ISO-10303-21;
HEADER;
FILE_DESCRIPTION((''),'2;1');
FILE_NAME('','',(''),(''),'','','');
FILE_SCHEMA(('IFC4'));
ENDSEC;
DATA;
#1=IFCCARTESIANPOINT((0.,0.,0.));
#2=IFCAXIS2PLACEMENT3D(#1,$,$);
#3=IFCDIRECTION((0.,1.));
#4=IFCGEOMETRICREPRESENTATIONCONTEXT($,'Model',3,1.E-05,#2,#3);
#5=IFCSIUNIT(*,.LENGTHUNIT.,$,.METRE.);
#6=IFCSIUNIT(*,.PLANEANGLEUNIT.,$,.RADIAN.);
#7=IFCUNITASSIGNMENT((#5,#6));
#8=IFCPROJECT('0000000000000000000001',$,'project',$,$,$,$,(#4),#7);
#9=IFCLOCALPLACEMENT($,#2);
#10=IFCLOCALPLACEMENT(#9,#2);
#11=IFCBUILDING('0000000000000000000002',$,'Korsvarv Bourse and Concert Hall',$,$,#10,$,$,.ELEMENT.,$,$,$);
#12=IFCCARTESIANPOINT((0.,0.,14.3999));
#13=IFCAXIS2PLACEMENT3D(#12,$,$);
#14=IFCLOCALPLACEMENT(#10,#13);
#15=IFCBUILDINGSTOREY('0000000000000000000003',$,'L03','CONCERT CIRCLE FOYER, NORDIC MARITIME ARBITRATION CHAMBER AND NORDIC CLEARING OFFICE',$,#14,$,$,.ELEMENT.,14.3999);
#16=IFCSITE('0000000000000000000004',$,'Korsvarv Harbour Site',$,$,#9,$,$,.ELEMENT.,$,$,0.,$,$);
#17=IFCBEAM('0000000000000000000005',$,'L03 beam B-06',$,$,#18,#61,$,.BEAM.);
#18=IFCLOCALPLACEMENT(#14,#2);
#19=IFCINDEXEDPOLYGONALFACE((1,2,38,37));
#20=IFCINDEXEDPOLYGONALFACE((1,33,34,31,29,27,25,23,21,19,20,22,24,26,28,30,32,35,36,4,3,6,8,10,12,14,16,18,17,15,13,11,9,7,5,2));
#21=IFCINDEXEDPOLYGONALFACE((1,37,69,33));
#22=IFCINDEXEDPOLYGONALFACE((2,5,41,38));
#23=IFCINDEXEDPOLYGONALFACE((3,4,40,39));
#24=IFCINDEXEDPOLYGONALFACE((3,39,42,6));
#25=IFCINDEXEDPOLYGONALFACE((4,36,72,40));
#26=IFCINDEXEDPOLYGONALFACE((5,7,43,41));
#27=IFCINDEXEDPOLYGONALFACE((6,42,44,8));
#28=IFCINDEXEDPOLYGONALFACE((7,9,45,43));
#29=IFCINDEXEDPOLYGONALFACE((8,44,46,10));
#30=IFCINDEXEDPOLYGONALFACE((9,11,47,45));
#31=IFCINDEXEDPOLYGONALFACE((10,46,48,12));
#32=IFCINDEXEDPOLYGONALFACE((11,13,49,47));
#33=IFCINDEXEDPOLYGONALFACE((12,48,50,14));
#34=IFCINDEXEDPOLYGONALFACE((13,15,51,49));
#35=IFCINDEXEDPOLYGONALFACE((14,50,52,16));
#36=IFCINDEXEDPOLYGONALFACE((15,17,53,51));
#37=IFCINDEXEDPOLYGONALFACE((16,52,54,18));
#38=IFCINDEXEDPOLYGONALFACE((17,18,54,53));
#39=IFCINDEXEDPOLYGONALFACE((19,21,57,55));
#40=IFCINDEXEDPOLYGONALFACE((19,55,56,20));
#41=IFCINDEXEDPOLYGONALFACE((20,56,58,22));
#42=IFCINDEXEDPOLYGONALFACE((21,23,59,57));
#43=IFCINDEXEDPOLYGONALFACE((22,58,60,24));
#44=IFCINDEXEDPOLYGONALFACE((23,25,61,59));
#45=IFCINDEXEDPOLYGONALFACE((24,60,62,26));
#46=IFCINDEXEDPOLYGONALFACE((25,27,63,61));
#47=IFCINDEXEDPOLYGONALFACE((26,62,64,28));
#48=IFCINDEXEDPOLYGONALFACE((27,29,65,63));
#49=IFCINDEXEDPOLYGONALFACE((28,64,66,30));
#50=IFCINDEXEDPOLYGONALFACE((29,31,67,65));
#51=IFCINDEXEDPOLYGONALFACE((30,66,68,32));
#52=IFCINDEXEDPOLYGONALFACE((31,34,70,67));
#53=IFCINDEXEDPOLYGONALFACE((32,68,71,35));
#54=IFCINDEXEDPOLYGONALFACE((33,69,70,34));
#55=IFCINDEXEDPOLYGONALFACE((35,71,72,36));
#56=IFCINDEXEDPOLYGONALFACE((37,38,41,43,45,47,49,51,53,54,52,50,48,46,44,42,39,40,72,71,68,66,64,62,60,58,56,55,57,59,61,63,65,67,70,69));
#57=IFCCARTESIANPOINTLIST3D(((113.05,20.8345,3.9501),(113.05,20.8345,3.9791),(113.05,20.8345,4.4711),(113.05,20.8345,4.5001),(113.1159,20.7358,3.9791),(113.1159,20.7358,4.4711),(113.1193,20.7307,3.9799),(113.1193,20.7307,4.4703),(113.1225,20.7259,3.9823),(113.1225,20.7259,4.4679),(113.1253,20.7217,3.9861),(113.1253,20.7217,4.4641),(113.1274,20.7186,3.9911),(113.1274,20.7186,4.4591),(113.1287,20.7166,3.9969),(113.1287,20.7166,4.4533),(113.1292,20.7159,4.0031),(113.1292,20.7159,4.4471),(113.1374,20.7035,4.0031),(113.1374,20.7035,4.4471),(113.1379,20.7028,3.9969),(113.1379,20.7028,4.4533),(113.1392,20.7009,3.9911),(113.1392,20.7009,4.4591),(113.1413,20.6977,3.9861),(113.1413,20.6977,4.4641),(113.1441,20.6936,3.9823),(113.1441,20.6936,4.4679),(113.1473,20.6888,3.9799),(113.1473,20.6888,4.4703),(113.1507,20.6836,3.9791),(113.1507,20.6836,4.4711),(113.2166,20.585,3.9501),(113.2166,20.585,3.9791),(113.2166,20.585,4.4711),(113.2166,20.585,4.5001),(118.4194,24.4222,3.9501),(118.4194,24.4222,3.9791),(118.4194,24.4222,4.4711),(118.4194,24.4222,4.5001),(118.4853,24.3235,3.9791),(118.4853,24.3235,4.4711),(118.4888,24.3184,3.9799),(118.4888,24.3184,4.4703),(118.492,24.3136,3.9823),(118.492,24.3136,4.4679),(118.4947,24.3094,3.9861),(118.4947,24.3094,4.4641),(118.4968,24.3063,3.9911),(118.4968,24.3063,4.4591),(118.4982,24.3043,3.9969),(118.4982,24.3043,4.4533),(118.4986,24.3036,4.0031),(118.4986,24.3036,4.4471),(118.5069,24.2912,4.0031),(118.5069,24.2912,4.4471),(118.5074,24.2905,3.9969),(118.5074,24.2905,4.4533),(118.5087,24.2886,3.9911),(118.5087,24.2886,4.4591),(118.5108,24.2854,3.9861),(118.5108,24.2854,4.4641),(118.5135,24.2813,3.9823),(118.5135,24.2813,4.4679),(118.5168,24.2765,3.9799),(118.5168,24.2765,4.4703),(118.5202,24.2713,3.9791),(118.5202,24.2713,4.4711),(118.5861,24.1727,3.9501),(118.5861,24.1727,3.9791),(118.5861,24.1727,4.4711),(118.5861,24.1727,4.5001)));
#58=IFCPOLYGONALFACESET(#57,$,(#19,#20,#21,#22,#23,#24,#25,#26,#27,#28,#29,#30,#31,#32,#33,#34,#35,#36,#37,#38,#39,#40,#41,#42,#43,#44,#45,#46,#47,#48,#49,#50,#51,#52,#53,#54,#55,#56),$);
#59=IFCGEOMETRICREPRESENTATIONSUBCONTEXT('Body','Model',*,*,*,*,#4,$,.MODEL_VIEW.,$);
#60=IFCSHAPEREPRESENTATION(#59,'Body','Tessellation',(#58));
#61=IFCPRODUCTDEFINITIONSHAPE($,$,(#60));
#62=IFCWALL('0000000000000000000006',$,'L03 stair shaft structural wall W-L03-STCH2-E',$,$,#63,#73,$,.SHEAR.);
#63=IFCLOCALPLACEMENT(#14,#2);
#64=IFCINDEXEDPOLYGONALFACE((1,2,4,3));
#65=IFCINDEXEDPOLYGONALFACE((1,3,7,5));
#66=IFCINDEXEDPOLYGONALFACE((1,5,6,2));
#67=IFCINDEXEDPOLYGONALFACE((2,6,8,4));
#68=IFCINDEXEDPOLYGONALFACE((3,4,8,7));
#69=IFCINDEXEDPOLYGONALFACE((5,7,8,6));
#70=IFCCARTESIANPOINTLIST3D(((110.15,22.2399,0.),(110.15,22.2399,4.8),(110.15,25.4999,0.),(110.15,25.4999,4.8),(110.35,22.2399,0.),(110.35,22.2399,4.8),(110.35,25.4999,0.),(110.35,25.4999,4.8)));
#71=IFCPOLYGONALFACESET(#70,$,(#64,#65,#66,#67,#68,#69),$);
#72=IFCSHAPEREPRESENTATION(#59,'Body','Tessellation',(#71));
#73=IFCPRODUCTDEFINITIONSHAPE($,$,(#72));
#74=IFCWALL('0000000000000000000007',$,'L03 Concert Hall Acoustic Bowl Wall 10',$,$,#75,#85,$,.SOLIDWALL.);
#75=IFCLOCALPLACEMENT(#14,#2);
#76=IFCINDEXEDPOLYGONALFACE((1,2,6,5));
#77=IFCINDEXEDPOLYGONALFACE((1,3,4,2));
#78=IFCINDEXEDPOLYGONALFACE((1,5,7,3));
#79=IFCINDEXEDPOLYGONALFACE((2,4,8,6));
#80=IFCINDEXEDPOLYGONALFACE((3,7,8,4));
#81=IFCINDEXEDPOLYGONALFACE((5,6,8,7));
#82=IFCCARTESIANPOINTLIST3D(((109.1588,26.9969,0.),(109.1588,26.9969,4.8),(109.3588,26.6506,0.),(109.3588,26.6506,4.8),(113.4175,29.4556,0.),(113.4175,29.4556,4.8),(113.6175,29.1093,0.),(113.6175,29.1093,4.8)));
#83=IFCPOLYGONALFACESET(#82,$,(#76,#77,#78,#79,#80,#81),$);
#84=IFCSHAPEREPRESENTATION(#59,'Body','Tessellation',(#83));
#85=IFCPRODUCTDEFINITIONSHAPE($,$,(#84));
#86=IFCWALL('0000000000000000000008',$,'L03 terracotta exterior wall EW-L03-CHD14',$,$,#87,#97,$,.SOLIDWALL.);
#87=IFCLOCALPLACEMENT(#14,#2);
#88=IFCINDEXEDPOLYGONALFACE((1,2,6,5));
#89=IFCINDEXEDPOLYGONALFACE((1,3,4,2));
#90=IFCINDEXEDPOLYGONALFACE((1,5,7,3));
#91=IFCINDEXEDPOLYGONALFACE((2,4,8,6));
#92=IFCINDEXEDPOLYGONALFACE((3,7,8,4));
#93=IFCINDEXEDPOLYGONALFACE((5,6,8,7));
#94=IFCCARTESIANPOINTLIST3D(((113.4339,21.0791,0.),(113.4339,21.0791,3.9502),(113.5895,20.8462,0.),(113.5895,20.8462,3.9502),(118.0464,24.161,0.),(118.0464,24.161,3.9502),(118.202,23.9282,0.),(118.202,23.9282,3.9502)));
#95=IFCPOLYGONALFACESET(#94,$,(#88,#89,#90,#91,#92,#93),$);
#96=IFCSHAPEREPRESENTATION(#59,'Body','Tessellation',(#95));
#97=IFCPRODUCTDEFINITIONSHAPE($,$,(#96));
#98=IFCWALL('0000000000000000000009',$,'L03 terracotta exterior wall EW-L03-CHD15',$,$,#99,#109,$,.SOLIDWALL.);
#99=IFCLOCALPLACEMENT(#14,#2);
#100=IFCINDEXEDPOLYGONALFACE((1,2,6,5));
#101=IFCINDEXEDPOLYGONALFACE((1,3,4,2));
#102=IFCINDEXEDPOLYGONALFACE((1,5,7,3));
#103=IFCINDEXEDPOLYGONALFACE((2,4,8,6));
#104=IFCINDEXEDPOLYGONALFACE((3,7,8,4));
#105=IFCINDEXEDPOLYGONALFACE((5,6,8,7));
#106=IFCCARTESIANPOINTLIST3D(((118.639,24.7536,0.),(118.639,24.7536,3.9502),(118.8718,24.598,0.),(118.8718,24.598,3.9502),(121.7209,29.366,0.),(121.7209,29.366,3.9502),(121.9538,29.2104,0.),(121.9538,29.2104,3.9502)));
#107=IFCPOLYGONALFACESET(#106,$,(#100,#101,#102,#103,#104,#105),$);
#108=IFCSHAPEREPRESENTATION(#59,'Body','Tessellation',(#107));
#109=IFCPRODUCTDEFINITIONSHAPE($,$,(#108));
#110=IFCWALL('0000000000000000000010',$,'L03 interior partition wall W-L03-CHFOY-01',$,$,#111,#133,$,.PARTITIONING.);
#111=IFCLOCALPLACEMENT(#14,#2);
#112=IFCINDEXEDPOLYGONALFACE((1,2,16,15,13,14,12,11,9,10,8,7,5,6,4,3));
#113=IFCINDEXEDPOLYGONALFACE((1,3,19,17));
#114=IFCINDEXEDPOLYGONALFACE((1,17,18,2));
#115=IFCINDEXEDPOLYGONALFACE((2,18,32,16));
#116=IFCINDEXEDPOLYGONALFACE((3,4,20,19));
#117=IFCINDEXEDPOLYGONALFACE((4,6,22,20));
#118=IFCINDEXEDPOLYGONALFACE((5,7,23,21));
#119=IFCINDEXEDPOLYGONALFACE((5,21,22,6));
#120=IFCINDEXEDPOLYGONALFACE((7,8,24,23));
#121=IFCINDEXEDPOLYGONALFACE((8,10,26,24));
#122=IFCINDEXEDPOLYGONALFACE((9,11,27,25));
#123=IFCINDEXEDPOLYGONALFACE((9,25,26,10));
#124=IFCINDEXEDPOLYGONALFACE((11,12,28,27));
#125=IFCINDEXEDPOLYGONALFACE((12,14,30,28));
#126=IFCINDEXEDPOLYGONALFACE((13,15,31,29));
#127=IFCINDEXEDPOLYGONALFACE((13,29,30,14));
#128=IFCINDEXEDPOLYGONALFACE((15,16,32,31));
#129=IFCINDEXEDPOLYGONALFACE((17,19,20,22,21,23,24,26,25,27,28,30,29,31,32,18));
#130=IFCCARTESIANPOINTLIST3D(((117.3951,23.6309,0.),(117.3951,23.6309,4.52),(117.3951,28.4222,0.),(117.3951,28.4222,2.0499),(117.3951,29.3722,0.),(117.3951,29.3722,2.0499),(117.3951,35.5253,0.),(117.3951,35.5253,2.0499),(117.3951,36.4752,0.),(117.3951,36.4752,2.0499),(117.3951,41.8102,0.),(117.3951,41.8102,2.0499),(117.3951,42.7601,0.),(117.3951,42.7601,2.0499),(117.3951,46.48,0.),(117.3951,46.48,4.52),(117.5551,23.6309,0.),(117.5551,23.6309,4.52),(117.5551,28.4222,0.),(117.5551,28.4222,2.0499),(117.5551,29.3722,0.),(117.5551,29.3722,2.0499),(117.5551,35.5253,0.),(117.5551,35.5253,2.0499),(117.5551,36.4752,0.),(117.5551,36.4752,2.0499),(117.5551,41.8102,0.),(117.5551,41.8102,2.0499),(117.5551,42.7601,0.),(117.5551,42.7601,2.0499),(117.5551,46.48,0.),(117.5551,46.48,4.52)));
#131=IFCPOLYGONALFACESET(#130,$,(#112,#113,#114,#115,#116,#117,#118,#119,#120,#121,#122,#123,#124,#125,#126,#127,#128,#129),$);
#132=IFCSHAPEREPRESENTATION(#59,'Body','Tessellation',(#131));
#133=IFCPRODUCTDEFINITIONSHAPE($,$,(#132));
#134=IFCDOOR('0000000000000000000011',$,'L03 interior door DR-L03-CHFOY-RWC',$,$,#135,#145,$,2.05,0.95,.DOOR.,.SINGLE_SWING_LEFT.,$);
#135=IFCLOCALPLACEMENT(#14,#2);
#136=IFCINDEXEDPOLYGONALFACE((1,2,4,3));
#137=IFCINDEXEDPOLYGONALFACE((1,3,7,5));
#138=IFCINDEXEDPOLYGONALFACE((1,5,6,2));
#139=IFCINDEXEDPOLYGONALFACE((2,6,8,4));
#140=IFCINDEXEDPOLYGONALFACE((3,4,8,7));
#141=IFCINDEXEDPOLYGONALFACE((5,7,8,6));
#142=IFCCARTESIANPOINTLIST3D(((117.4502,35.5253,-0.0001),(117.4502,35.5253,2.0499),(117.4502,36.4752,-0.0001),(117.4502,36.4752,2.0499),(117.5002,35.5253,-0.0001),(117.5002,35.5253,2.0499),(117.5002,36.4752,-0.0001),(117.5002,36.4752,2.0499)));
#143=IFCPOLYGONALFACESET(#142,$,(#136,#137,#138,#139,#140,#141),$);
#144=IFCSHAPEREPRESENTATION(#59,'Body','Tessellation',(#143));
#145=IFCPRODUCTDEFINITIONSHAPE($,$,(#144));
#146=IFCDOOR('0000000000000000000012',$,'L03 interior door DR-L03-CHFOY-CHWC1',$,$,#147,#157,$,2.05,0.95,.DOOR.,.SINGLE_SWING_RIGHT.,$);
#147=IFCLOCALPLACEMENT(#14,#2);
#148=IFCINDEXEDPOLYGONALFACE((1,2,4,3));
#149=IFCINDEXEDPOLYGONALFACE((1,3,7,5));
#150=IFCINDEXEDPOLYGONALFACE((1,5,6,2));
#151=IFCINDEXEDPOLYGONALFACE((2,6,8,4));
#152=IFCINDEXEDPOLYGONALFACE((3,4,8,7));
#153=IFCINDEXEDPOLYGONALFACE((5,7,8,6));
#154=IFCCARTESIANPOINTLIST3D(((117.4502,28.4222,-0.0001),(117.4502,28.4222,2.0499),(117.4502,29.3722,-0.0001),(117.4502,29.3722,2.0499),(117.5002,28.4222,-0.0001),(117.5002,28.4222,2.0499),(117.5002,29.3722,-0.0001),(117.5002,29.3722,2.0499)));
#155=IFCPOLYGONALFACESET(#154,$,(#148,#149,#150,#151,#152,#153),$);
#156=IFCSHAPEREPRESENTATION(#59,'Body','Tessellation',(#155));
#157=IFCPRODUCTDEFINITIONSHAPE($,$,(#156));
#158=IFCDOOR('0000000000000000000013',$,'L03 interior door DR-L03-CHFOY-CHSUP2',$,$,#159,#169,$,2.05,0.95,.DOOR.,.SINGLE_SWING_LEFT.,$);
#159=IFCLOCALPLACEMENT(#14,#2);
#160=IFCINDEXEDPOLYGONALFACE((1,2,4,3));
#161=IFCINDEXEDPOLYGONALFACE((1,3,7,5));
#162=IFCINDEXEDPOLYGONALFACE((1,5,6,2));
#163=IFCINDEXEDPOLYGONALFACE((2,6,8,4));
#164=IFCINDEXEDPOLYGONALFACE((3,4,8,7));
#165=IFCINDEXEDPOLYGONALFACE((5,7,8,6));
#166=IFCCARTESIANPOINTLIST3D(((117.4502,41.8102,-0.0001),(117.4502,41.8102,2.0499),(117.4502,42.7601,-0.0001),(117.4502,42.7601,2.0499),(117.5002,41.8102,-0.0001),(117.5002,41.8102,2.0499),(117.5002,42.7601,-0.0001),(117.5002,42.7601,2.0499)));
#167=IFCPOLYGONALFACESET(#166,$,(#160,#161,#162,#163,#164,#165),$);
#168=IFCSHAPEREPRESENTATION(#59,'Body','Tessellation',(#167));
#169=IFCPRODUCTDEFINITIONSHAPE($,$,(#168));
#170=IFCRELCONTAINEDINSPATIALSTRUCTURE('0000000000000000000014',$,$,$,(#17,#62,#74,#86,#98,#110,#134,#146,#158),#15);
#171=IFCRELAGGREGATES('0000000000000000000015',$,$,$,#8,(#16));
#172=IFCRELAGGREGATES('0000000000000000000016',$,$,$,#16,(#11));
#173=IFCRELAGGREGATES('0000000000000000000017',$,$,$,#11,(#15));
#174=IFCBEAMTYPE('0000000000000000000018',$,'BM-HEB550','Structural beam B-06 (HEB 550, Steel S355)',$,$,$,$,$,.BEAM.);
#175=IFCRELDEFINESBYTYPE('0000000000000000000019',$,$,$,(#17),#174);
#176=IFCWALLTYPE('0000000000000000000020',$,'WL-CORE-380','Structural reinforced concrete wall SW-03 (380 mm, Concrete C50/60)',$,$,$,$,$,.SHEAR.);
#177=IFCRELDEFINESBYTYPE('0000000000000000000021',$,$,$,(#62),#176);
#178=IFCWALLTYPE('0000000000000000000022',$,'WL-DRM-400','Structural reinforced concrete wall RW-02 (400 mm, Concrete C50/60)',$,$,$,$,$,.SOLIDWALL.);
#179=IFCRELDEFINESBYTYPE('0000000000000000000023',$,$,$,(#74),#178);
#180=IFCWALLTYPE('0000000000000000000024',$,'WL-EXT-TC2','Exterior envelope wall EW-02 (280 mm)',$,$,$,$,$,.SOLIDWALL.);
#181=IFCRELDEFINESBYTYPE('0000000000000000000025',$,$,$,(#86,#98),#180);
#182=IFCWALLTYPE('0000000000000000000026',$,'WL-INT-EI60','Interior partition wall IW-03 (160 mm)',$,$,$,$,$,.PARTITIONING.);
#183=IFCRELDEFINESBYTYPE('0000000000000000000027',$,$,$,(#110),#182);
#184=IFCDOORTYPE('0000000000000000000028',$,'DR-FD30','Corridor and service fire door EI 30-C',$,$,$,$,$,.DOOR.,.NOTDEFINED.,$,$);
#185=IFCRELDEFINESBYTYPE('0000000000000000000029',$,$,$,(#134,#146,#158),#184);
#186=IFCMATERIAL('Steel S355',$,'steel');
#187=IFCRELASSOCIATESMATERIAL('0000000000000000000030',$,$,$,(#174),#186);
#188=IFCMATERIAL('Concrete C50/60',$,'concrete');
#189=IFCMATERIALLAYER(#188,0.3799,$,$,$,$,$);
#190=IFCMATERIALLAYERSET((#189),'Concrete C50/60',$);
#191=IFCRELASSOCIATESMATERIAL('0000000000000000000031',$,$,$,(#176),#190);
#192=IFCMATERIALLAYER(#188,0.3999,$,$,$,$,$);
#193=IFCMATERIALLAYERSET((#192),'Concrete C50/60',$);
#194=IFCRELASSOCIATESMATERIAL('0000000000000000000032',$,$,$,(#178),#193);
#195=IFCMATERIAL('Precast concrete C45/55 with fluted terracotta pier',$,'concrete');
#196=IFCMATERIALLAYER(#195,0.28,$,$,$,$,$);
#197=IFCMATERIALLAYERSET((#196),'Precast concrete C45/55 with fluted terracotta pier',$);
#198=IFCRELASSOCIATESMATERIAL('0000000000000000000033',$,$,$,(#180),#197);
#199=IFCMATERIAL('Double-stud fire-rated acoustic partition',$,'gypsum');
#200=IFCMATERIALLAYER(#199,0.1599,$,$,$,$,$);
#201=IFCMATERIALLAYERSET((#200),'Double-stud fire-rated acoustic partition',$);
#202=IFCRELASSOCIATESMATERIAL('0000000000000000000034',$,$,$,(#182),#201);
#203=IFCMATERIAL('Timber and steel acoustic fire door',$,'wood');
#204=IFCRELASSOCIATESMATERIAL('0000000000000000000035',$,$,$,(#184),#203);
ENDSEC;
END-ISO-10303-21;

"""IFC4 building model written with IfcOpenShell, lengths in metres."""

from ifc_helpers import new_model, si_unit, direction, frame, frame_2d, origin, origin_2d, place, context, subcontext, project, spatial, rectangle, i_section, extrude, source, transform, mapped, material, layer, layer_set, material_profile, profile_set, type_object, element, fill, save


model = new_model("IFC4")

# Units and contexts
model_context = context("Model", 3, precision=1e-05, world=origin(), true_north=direction((0.0, 1.0)))
body_context = subcontext(model_context, "Body", "Model", "MODEL_VIEW")
ifc_project = project(units=[si_unit("LENGTHUNIT", "METRE"), si_unit("PLANEANGLEUNIT", "RADIAN")], contexts=[model_context])

# Site, building, storey
site_placement = place(None, origin())
site = spatial("IfcSite", under=ifc_project, at=site_placement, Name="Korsvarv Harbour Site", CompositionType="ELEMENT", RefElevation=0.0)
building_placement = place(site_placement, origin())
building = spatial("IfcBuilding", under=site, at=building_placement, Name="Korsvarv Bourse and Concert Hall", CompositionType="ELEMENT")
storey_placement = place(building_placement, frame((0.0, 0.0, 14.3999)))
storey = spatial("IfcBuildingStorey", under=building, at=storey_placement, Name="L03", Description="CONCERT CIRCLE FOYER, NORDIC MARITIME ARBITRATION CHAMBER AND NORDIC CLEARING OFFICE", CompositionType="ELEMENT", Elevation=14.3999)

# Shared definitions
ifc_material_1 = material(Name="Concrete C50/60", Category="concrete")

# Beam
ifc_material_2 = material(Name="Steel S355", Category="steel")
ifc_material_profile_1 = material_profile(ifc_material_2, i_section(OverallWidth=0.3, OverallDepth=0.55, WebThickness=0.0149, FlangeThickness=0.0291, FilletRadius=0.0239, at=origin_2d()), Name="HEB 550")
ifc_profile_set_1 = profile_set([ifc_material_profile_1], Name="Steel S355")
beam_type = type_object("IfcBeamType", Name="BM-HEB550", Description="Structural beam B-06 (HEB 550, Steel S355)", PredefinedType="BEAM", material=ifc_profile_set_1)
shared_shape_1 = source(origin(), body_context, "Body", "SweptSolid", [
    extrude(i_section(OverallWidth=0.3, OverallDepth=0.55, WebThickness=0.0149, FlangeThickness=0.0291, FilletRadius=0.0239, at=origin_2d()), origin(), (0.0, 0.0, 1.0), 6.4578),
])
beam_1_placement = place(storey_placement, frame((113.1333, 20.7097, 4.2251), z_axis=(0.831474, 0.555564, 0.0), x_axis=(-0.555564, 0.831474, 0.0)))
element("IfcBeam", 1, at=beam_1_placement, inside=storey, type_object=beam_type, Name="L03 beam B-06", PredefinedType="BEAM", context=body_context, shape_type="MappedRepresentation", body=[
    mapped(shared_shape_1, transform((0.0, 0.0, 0.0), scale=1.0)),
])

# Walls
ifc_layer_1 = layer(ifc_material_1, 0.3799)
ifc_layer_set_1 = layer_set([ifc_layer_1], Name="Concrete C50/60")
wall_type_1 = type_object("IfcWallType", Name="WL-CORE-380", Description="Structural reinforced concrete wall SW-03 (380 mm, Concrete C50/60)", PredefinedType="SHEAR", material=ifc_layer_set_1)
wall_1_placement = place(storey_placement, frame((110.25, 22.24, 0.0), z_axis=(0.0, 0.0, 1.0), x_axis=(0.0, 1.0, 0.0)))
element("IfcWall", 2, at=wall_1_placement, inside=storey, type_object=wall_type_1, Name="L03 stair shaft structural wall W-L03-STCH2-E", PredefinedType="SHEAR", context=body_context, shape_type="SweptSolid", body=[
    extrude(rectangle(XDim=3.26, YDim=0.2, at=frame_2d((1.6299, 0.0))), origin(), (0.0, 0.0, 1.0), 4.8),
])
ifc_layer_2 = layer(ifc_material_1, 0.3999)
ifc_layer_set_2 = layer_set([ifc_layer_2], Name="Concrete C50/60")
wall_type_2 = type_object("IfcWallType", Name="WL-DRM-400", Description="Structural reinforced concrete wall RW-02 (400 mm, Concrete C50/60)", PredefinedType="SOLIDWALL", material=ifc_layer_set_2)
wall_2_placement = place(storey_placement, frame((109.2588, 26.8237, 0.0), z_axis=(0.0, 0.0, 1.0), x_axis=(0.866032, 0.499989, 0.0)))
element("IfcWall", 3, at=wall_2_placement, inside=storey, type_object=wall_type_2, Name="L03 Concert Hall Acoustic Bowl Wall 10", PredefinedType="SOLIDWALL", context=body_context, shape_type="SweptSolid", body=[
    extrude(rectangle(XDim=4.9175, YDim=0.3999, at=frame_2d((2.4587, 0.0))), origin(), (0.0, 0.0, 1.0), 4.8),
])
ifc_material_3 = material(Name="Precast concrete C45/55 with fluted terracotta pier", Category="concrete")
ifc_layer_3 = layer(ifc_material_3, 0.28)
ifc_layer_set_3 = layer_set([ifc_layer_3], Name="Precast concrete C45/55 with fluted terracotta pier")
wall_type_3 = type_object("IfcWallType", Name="WL-EXT-TC2", Description="Exterior envelope wall EW-02 (280 mm)", PredefinedType="SOLIDWALL", material=ifc_layer_set_3)
for number, where, z_axis, x_axis, name in (
    (4, (113.5117, 20.9626, 0.0), (0.0, 0.0, 1.0), (0.831468, 0.555573, 0.0), "L03 terracotta exterior wall EW-L03-CHD14"),
    (5, (118.7554, 24.6758, 0.0), (0.0, 0.0, 1.0), (0.555573, 0.831468, 0.0), "L03 terracotta exterior wall EW-L03-CHD15"),
):
    element("IfcWall", number, at=place(storey_placement, frame(where, z_axis=z_axis, x_axis=x_axis)), inside=storey, type_object=wall_type_3, Name=name, PredefinedType="SOLIDWALL", context=body_context, shape_type="SweptSolid", body=[
        extrude(rectangle(XDim=5.5474, YDim=0.28, at=frame_2d((2.7737, 0.0))), origin(), (0.0, 0.0, 1.0), 3.9502),
    ])

# Wall, openings, doors
ifc_material_4 = material(Name="Double-stud fire-rated acoustic partition", Category="gypsum")
ifc_layer_4 = layer(ifc_material_4, 0.1599)
ifc_layer_set_4 = layer_set([ifc_layer_4], Name="Double-stud fire-rated acoustic partition")
wall_type_4 = type_object("IfcWallType", Name="WL-INT-EI60", Description="Interior partition wall IW-03 (160 mm)", PredefinedType="PARTITIONING", material=ifc_layer_set_4)
wall_3_placement = place(storey_placement, frame((117.4751, 23.6309, 0.0), z_axis=(0.0, 0.0, 1.0), x_axis=(0.0, 1.0, 0.0)))
wall_3 = element("IfcWall", 6, at=wall_3_placement, inside=storey, type_object=wall_type_4, Name="L03 interior partition wall W-L03-CHFOY-01", PredefinedType="PARTITIONING", context=body_context, shape_type="SweptSolid", body=[
    extrude(rectangle(XDim=22.8491, YDim=0.1599, at=frame_2d((11.4246, 0.0))), origin(), (0.0, 0.0, 1.0), 4.52),
])
opening_1_placement = place(wall_3_placement, frame((11.8943, 0.0, 0.0)))
opening_1 = element("IfcOpeningElement", 7, at=opening_1_placement, cuts=wall_3, PredefinedType="OPENING", context=body_context, shape_type="SweptSolid", body=[
    extrude(rectangle(XDim=0.95, YDim=2.05, at=frame_2d((0.4751, 1.0249))), frame((0.0, 0.0898, 0.0), z_axis=(0.0, -1.0, 0.0), x_axis=(1.0, 0.0, 0.0)), (0.0, 0.0, 1.0), 0.1799),
])
opening_2_placement = place(wall_3_placement, frame((4.7913, 0.0, 0.0)))
opening_2 = element("IfcOpeningElement", 8, at=opening_2_placement, cuts=wall_3, PredefinedType="OPENING", context=body_context, shape_type="SweptSolid", body=[
    extrude(rectangle(XDim=0.95, YDim=2.05, at=frame_2d((0.4751, 1.0249))), frame((0.0, 0.0898, 0.0), z_axis=(0.0, -1.0, 0.0), x_axis=(1.0, 0.0, 0.0)), (0.0, 0.0, 1.0), 0.1799),
])
opening_3_placement = place(wall_3_placement, frame((18.1792, 0.0, 0.0)))
opening_3 = element("IfcOpeningElement", 9, at=opening_3_placement, cuts=wall_3, PredefinedType="OPENING", context=body_context, shape_type="SweptSolid", body=[
    extrude(rectangle(XDim=0.95, YDim=2.05, at=frame_2d((0.4751, 1.0249))), frame((0.0, 0.0898, 0.0), z_axis=(0.0, -1.0, 0.0), x_axis=(1.0, 0.0, 0.0)), (0.0, 0.0, 1.0), 0.1799),
])
ifc_material_5 = material(Name="Timber and steel acoustic fire door", Category="wood")
door_type = type_object("IfcDoorType", Name="DR-FD30", Description="Corridor and service fire door EI 30-C", OperationType="NOTDEFINED", PredefinedType="DOOR", material=ifc_material_5)
door_1_placement = place(opening_1_placement, origin())
door_1 = element("IfcDoor", 10, at=door_1_placement, inside=storey, type_object=door_type, Name="L03 interior door DR-L03-CHFOY-RWC", OperationType="SINGLE_SWING_LEFT", OverallHeight=2.05, OverallWidth=0.95, PredefinedType="DOOR", context=body_context, shape_type="SweptSolid", body=[
    extrude(rectangle(XDim=0.95, YDim=2.05, at=frame_2d((0.4751, 1.0249))), frame((0.0, 0.0249, 0.0), z_axis=(0.0, -1.0, 0.0), x_axis=(1.0, 0.0, 0.0)), (0.0, 0.0, 1.0), 0.05),
])
fill(opening_1, door_1)
door_2_placement = place(opening_2_placement, origin())
door_2 = element("IfcDoor", 11, at=door_2_placement, inside=storey, type_object=door_type, Name="L03 interior door DR-L03-CHFOY-CHWC1", OperationType="SINGLE_SWING_RIGHT", OverallHeight=2.05, OverallWidth=0.95, PredefinedType="DOOR", context=body_context, shape_type="SweptSolid", body=[
    extrude(rectangle(XDim=0.95, YDim=2.05, at=frame_2d((0.4751, 1.0249))), frame((0.0, 0.0249, 0.0), z_axis=(0.0, -1.0, 0.0), x_axis=(1.0, 0.0, 0.0)), (0.0, 0.0, 1.0), 0.05),
])
fill(opening_2, door_2)
door_3_placement = place(opening_3_placement, origin())
door_3 = element("IfcDoor", 12, at=door_3_placement, inside=storey, type_object=door_type, Name="L03 interior door DR-L03-CHFOY-CHSUP2", OperationType="SINGLE_SWING_LEFT", OverallHeight=2.05, OverallWidth=0.95, PredefinedType="DOOR", context=body_context, shape_type="SweptSolid", body=[
    extrude(rectangle(XDim=0.95, YDim=2.05, at=frame_2d((0.4751, 1.0249))), frame((0.0, 0.0249, 0.0), z_axis=(0.0, -1.0, 0.0), x_axis=(1.0, 0.0, 0.0)), (0.0, 0.0, 1.0), 0.05),
])
fill(opening_3, door_3)

save(model, "model.ifc")
